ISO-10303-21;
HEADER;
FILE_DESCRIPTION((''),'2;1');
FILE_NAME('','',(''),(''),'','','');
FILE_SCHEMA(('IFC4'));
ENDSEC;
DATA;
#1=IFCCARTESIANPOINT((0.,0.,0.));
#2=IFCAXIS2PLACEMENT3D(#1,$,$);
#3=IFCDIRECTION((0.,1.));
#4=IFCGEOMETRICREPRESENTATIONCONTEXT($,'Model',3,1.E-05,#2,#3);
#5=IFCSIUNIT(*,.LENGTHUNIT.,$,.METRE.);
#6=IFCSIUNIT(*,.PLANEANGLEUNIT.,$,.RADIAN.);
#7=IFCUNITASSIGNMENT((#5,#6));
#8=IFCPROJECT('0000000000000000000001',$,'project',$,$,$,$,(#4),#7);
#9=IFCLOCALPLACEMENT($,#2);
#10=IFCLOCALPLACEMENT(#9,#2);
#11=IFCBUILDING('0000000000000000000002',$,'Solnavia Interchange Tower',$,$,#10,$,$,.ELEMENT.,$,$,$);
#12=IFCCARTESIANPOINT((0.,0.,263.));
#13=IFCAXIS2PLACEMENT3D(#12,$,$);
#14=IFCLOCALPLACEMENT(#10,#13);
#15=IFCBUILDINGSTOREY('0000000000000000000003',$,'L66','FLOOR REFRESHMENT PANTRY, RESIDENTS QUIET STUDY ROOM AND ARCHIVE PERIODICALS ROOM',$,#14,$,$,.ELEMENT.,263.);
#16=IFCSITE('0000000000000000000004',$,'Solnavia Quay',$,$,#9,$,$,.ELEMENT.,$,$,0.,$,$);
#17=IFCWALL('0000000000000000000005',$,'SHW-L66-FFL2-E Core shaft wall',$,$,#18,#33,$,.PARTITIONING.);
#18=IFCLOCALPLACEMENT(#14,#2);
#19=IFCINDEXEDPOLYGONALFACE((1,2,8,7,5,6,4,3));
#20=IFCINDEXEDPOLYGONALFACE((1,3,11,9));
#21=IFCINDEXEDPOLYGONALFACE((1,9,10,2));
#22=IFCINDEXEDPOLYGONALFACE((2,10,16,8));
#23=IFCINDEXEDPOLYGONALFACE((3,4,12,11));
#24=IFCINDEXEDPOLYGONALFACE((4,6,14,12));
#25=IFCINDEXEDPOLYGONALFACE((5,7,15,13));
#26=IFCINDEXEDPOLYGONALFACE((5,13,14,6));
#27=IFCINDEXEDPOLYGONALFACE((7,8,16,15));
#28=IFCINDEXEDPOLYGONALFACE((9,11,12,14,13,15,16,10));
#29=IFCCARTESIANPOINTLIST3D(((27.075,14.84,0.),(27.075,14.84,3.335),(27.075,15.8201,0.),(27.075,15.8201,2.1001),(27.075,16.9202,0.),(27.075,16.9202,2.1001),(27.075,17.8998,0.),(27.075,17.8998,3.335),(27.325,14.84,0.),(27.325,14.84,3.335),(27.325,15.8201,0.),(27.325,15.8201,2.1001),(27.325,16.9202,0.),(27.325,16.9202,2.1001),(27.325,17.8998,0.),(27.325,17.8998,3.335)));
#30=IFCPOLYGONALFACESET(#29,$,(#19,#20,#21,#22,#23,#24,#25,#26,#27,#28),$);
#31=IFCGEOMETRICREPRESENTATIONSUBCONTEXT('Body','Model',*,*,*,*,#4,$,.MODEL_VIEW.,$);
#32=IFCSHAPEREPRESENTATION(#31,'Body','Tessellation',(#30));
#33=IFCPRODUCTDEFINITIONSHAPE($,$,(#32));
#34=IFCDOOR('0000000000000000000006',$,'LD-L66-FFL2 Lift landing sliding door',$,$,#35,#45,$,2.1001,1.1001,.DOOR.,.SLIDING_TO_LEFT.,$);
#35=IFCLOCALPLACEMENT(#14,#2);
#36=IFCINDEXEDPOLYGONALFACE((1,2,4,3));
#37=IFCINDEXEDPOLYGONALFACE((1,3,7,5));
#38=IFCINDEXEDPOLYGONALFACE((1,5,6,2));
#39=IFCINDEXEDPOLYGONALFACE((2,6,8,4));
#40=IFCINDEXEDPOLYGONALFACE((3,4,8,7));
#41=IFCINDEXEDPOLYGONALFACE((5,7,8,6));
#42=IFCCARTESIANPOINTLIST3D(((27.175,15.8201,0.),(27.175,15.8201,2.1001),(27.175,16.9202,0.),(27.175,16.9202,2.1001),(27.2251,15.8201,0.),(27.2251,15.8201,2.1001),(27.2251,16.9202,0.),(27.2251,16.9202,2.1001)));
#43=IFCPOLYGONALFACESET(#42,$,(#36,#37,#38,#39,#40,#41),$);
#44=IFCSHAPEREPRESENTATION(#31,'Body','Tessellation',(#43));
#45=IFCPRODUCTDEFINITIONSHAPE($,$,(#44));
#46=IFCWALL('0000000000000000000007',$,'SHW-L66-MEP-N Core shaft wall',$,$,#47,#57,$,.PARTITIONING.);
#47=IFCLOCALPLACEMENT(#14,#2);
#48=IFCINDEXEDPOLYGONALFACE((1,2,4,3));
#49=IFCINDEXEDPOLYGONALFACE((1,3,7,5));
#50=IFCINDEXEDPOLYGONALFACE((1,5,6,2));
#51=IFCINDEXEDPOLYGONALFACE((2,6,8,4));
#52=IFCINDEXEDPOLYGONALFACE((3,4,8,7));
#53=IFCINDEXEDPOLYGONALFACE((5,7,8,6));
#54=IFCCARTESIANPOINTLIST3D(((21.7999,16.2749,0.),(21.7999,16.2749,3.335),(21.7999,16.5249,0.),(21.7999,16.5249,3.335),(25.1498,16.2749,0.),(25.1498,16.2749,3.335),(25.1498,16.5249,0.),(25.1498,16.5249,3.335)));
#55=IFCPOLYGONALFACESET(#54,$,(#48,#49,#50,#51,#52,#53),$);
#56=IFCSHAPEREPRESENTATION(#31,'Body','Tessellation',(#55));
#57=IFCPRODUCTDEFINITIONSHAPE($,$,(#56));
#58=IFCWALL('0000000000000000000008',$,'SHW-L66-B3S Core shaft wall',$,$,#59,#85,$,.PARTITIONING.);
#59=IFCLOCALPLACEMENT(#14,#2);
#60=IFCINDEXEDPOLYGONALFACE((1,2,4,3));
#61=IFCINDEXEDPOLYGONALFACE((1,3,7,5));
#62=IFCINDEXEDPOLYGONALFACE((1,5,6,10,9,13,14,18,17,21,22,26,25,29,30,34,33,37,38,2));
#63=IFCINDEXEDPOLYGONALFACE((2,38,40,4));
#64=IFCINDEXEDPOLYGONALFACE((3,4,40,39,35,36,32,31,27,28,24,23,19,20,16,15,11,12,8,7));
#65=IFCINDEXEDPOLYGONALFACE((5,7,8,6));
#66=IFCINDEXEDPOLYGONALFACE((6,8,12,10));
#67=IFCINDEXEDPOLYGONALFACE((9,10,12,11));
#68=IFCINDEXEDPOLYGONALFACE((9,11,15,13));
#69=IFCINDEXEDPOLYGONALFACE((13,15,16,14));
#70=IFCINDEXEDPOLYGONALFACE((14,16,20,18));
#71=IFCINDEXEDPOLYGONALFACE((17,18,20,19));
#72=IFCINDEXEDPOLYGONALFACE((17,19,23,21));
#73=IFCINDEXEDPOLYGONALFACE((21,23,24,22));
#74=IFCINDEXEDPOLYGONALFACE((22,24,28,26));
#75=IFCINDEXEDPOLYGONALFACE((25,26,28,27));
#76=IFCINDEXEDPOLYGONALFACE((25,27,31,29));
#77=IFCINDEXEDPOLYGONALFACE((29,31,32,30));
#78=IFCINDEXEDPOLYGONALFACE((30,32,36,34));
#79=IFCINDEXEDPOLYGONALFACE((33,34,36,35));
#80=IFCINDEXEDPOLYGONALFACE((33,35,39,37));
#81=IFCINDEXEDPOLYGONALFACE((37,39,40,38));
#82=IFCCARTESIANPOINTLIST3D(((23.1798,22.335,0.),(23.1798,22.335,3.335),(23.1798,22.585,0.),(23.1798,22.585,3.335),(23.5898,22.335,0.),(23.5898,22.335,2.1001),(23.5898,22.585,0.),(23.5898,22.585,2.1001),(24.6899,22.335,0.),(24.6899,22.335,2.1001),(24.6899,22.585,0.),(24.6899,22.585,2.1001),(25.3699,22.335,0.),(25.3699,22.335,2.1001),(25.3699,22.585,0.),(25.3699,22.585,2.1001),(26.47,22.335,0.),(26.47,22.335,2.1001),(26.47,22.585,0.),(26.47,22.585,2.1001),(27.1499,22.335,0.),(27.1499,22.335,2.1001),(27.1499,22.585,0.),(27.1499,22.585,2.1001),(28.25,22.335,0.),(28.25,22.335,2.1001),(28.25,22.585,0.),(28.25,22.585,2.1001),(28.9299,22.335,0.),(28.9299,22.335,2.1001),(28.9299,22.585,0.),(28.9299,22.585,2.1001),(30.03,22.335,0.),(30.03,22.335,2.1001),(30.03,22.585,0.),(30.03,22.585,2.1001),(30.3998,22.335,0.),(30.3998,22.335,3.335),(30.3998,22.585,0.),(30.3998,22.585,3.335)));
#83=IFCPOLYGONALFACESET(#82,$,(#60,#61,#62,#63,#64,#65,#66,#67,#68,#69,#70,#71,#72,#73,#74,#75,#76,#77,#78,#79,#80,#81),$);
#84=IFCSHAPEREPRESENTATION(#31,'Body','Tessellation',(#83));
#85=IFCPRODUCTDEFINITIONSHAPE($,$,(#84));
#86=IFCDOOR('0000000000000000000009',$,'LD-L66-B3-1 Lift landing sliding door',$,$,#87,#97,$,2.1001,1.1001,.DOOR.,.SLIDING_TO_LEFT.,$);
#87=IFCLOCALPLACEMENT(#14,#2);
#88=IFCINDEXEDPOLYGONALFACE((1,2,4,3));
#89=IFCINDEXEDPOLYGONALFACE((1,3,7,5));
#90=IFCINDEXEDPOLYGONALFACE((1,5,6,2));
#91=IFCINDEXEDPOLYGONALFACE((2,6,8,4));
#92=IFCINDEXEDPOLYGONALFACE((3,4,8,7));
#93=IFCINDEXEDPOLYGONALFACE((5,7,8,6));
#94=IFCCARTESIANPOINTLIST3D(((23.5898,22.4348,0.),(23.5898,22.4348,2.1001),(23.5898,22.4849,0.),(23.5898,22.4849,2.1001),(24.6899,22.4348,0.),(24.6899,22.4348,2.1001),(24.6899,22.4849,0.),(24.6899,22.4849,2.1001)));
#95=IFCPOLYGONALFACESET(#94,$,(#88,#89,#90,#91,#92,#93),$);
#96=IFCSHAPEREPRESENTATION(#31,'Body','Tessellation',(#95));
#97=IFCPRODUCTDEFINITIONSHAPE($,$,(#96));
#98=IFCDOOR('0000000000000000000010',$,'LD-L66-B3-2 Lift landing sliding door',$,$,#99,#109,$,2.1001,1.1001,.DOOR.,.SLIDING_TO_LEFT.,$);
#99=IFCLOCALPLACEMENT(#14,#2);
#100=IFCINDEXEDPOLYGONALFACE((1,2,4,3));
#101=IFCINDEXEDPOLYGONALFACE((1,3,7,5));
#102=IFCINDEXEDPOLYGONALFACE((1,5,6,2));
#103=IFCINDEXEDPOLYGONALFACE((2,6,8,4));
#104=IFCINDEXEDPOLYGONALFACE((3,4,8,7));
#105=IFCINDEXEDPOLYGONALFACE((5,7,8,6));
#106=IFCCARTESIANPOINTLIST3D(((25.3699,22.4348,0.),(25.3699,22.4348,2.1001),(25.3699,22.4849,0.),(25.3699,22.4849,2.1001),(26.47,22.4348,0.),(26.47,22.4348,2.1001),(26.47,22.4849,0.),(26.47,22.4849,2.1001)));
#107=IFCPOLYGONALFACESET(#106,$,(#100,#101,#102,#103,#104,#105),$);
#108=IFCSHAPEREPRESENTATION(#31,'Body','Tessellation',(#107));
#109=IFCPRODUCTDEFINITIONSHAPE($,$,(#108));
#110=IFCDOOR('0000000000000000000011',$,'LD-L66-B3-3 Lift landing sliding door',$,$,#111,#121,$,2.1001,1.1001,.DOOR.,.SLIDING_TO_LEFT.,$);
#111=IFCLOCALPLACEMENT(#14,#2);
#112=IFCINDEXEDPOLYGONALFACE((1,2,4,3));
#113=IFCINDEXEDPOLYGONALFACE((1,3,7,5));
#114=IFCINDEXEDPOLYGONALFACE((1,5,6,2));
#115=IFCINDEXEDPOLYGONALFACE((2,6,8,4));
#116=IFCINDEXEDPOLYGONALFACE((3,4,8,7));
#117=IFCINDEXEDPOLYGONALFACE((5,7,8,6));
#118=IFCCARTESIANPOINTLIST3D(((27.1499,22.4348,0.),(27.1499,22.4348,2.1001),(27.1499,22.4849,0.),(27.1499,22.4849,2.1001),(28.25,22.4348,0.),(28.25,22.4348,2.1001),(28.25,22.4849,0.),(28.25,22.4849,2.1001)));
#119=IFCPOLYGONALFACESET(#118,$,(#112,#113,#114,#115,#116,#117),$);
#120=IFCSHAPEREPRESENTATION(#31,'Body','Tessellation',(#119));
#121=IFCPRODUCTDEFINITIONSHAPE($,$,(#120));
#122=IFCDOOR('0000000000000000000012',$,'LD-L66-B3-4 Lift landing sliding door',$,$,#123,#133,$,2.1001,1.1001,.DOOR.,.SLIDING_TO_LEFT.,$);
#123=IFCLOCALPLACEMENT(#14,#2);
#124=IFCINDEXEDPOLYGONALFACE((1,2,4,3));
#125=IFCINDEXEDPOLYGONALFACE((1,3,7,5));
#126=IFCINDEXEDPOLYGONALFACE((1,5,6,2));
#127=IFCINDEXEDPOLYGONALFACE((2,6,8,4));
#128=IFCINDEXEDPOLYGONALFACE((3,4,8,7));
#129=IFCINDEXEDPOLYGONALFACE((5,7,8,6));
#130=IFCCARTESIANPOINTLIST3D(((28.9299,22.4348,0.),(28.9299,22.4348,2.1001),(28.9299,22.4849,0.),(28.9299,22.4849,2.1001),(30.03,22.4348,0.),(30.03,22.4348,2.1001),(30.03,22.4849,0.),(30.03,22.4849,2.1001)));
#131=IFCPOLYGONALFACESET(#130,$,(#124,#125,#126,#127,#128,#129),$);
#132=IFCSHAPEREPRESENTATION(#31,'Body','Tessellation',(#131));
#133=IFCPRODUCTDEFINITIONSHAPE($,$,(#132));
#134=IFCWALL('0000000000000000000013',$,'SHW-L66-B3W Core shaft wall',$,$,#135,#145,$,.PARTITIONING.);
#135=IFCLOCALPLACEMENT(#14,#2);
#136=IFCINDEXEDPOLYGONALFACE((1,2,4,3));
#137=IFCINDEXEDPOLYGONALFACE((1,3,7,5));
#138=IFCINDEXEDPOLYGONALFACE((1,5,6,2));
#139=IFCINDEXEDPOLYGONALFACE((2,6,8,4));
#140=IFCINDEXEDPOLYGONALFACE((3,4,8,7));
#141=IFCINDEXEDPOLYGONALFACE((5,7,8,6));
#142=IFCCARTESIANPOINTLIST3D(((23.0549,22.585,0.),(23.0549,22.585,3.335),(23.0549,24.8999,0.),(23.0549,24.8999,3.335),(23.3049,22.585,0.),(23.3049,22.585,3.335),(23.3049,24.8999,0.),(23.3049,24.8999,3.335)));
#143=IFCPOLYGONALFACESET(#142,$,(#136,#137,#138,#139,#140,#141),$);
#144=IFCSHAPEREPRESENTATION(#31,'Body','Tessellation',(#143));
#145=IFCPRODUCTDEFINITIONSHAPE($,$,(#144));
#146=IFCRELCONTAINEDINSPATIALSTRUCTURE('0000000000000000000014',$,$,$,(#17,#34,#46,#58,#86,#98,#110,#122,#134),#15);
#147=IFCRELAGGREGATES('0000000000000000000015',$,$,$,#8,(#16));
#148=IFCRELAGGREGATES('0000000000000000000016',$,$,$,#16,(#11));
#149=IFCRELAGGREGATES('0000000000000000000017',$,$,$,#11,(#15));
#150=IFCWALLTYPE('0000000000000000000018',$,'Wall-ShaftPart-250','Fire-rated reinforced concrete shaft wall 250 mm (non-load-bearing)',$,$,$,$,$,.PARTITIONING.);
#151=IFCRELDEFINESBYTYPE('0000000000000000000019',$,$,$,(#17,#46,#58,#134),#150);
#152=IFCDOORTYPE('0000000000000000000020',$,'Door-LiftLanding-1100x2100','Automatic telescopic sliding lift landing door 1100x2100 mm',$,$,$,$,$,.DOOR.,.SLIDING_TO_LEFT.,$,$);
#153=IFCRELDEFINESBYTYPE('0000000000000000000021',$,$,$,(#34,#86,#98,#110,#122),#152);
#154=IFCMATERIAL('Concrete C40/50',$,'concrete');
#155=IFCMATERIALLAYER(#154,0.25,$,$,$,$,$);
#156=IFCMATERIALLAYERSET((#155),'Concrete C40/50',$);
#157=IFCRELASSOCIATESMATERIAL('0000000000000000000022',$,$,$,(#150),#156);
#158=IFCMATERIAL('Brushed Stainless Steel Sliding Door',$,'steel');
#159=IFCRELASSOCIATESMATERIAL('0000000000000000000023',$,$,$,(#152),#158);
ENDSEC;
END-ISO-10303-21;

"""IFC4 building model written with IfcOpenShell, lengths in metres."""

from ifc_helpers import new_model, si_unit, direction, frame, frame_2d, origin, place, context, subcontext, project, spatial, rectangle, extrude, material, layer, layer_set, type_object, element, fill, save


model = new_model("IFC4")

# Units and contexts
model_context = context("Model", 3, precision=1e-05, world=origin(), true_north=direction((0.0, 1.0)))
body_context = subcontext(model_context, "Body", "Model", "MODEL_VIEW")
ifc_project = project(units=[si_unit("LENGTHUNIT", "METRE"), si_unit("PLANEANGLEUNIT", "RADIAN")], contexts=[model_context])

# Site, building, storey
site_placement = place(None, origin())
site = spatial("IfcSite", under=ifc_project, at=site_placement, Name="Solnavia Quay", CompositionType="ELEMENT", RefElevation=0.0)
building_placement = place(site_placement, origin())
building = spatial("IfcBuilding", under=site, at=building_placement, Name="Solnavia Interchange Tower", CompositionType="ELEMENT")
storey_placement = place(building_placement, frame((0.0, 0.0, 263.0)))
storey = spatial("IfcBuildingStorey", under=building, at=storey_placement, Name="L66", Description="FLOOR REFRESHMENT PANTRY, RESIDENTS QUIET STUDY ROOM AND ARCHIVE PERIODICALS ROOM", CompositionType="ELEMENT", Elevation=263.0)

# Shared definitions
ifc_material_1 = material(Name="Concrete C40/50", Category="concrete")

# Shared definitions
ifc_layer_1 = layer(ifc_material_1, 0.25)
ifc_layer_set_1 = layer_set([ifc_layer_1], Name="Concrete C40/50")
wall_type_1 = type_object("IfcWallType", Name="Wall-ShaftPart-250", Description="Fire-rated reinforced concrete shaft wall 250 mm (non-load-bearing)", PredefinedType="PARTITIONING", material=ifc_layer_set_1)
ifc_material_2 = material(Name="Brushed Stainless Steel Sliding Door", Category="steel")
door_type_1 = type_object("IfcDoorType", Name="Door-LiftLanding-1100x2100", Description="Automatic telescopic sliding lift landing door 1100x2100 mm", OperationType="SLIDING_TO_LEFT", PredefinedType="DOOR", material=ifc_material_2)

# Wall, opening, door
wall_1_placement = place(storey_placement, frame((27.2, 14.8401, 0.0), z_axis=(0.0, 0.0, 1.0), x_axis=(0.0, 1.0, 0.0)))
wall_1 = element("IfcWall", 1, at=wall_1_placement, inside=storey, type_object=wall_type_1, Name="SHW-L66-FFL2-E Core shaft wall", PredefinedType="PARTITIONING", context=body_context, shape_type="SweptSolid", body=[
    extrude(rectangle(XDim=3.0598, YDim=0.25, at=frame_2d((1.5298, 0.0))), origin(), (0.0, 0.0, 1.0), 3.335),
])
opening_1_placement = place(wall_1_placement, frame((0.98, 0.0, 0.0)))
opening_1 = element("IfcOpeningElement", 2, at=opening_1_placement, cuts=wall_1, PredefinedType="OPENING", context=body_context, shape_type="SweptSolid", body=[
    extrude(rectangle(XDim=1.1001, YDim=2.1001, at=frame_2d((0.55, 1.05))), frame((0.0, 0.135, 0.0), z_axis=(0.0, -1.0, 0.0), x_axis=(1.0, 0.0, 0.0)), (0.0, 0.0, 1.0), 0.27),
])
door_1_placement = place(opening_1_placement, origin())
door_1 = element("IfcDoor", 3, at=door_1_placement, inside=storey, type_object=door_type_1, Name="LD-L66-FFL2 Lift landing sliding door", OperationType="SLIDING_TO_LEFT", OverallHeight=2.1001, OverallWidth=1.1001, PredefinedType="DOOR", context=body_context, shape_type="SweptSolid", body=[
    extrude(rectangle(XDim=1.1001, YDim=2.1001, at=frame_2d((0.55, 1.05))), frame((0.0, 0.0249, 0.0), z_axis=(0.0, -1.0, 0.0), x_axis=(1.0, 0.0, 0.0)), (0.0, 0.0, 1.0), 0.05),
])
fill(opening_1, door_1)

# Wall
wall_2_placement = place(storey_placement, frame((21.8, 16.3999, 0.0), z_axis=(0.0, 0.0, 1.0), x_axis=(1.0, 0.0, 0.0)))
element("IfcWall", 4, at=wall_2_placement, inside=storey, type_object=wall_type_1, Name="SHW-L66-MEP-N Core shaft wall", PredefinedType="PARTITIONING", context=body_context, shape_type="SweptSolid", body=[
    extrude(rectangle(XDim=3.3499, YDim=0.25, at=frame_2d((1.6748, 0.0))), origin(), (0.0, 0.0, 1.0), 3.335),
])

# Wall, openings, doors
wall_3_placement = place(storey_placement, frame((23.1799, 22.46, 0.0), z_axis=(0.0, 0.0, 1.0), x_axis=(1.0, 0.0, 0.0)))
wall_3 = element("IfcWall", 5, at=wall_3_placement, inside=storey, type_object=wall_type_1, Name="SHW-L66-B3S Core shaft wall", PredefinedType="PARTITIONING", context=body_context, shape_type="SweptSolid", body=[
    extrude(rectangle(XDim=7.22, YDim=0.25, at=frame_2d((3.6099, 0.0))), origin(), (0.0, 0.0, 1.0), 3.335),
])
opening_2_placement = place(wall_3_placement, frame((0.4099, 0.0, 0.0)))
opening_2 = element("IfcOpeningElement", 6, at=opening_2_placement, cuts=wall_3, PredefinedType="OPENING", context=body_context, shape_type="SweptSolid", body=[
    extrude(rectangle(XDim=1.1001, YDim=2.1001, at=frame_2d((0.55, 1.05))), frame((0.0, 0.135, 0.0), z_axis=(0.0, -1.0, 0.0), x_axis=(1.0, 0.0, 0.0)), (0.0, 0.0, 1.0), 0.27),
])
opening_3_placement = place(wall_3_placement, frame((2.1899, 0.0, 0.0)))
opening_3 = element("IfcOpeningElement", 7, at=opening_3_placement, cuts=wall_3, PredefinedType="OPENING", context=body_context, shape_type="SweptSolid", body=[
    extrude(rectangle(XDim=1.1001, YDim=2.1001, at=frame_2d((0.55, 1.05))), frame((0.0, 0.135, 0.0), z_axis=(0.0, -1.0, 0.0), x_axis=(1.0, 0.0, 0.0)), (0.0, 0.0, 1.0), 0.27),
])
opening_4_placement = place(wall_3_placement, frame((3.97, 0.0, 0.0)))
opening_4 = element("IfcOpeningElement", 8, at=opening_4_placement, cuts=wall_3, PredefinedType="OPENING", context=body_context, shape_type="SweptSolid", body=[
    extrude(rectangle(XDim=1.1001, YDim=2.1001, at=frame_2d((0.55, 1.05))), frame((0.0, 0.135, 0.0), z_axis=(0.0, -1.0, 0.0), x_axis=(1.0, 0.0, 0.0)), (0.0, 0.0, 1.0), 0.27),
])
opening_5_placement = place(wall_3_placement, frame((5.75, 0.0, 0.0)))
opening_5 = element("IfcOpeningElement", 9, at=opening_5_placement, cuts=wall_3, PredefinedType="OPENING", context=body_context, shape_type="SweptSolid", body=[
    extrude(rectangle(XDim=1.1001, YDim=2.1001, at=frame_2d((0.55, 1.05))), frame((0.0, 0.135, 0.0), z_axis=(0.0, -1.0, 0.0), x_axis=(1.0, 0.0, 0.0)), (0.0, 0.0, 1.0), 0.27),
])
door_2_placement = place(opening_2_placement, origin())
door_2 = element("IfcDoor", 10, at=door_2_placement, inside=storey, type_object=door_type_1, Name="LD-L66-B3-1 Lift landing sliding door", OperationType="SLIDING_TO_LEFT", OverallHeight=2.1001, OverallWidth=1.1001, PredefinedType="DOOR", context=body_context, shape_type="SweptSolid", body=[
    extrude(rectangle(XDim=1.1001, YDim=2.1001, at=frame_2d((0.55, 1.05))), frame((0.0, 0.0249, 0.0), z_axis=(0.0, -1.0, 0.0), x_axis=(1.0, 0.0, 0.0)), (0.0, 0.0, 1.0), 0.05),
])
fill(opening_2, door_2)
door_3_placement = place(opening_3_placement, origin())
door_3 = element("IfcDoor", 11, at=door_3_placement, inside=storey, type_object=door_type_1, Name="LD-L66-B3-2 Lift landing sliding door", OperationType="SLIDING_TO_LEFT", OverallHeight=2.1001, OverallWidth=1.1001, PredefinedType="DOOR", context=body_context, shape_type="SweptSolid", body=[
    extrude(rectangle(XDim=1.1001, YDim=2.1001, at=frame_2d((0.55, 1.05))), frame((0.0, 0.0249, 0.0), z_axis=(0.0, -1.0, 0.0), x_axis=(1.0, 0.0, 0.0)), (0.0, 0.0, 1.0), 0.05),
])
fill(opening_3, door_3)
door_4_placement = place(opening_4_placement, origin())
door_4 = element("IfcDoor", 12, at=door_4_placement, inside=storey, type_object=door_type_1, Name="LD-L66-B3-3 Lift landing sliding door", OperationType="SLIDING_TO_LEFT", OverallHeight=2.1001, OverallWidth=1.1001, PredefinedType="DOOR", context=body_context, shape_type="SweptSolid", body=[
    extrude(rectangle(XDim=1.1001, YDim=2.1001, at=frame_2d((0.55, 1.05))), frame((0.0, 0.0249, 0.0), z_axis=(0.0, -1.0, 0.0), x_axis=(1.0, 0.0, 0.0)), (0.0, 0.0, 1.0), 0.05),
])
fill(opening_4, door_4)
door_5_placement = place(opening_5_placement, origin())
door_5 = element("IfcDoor", 13, at=door_5_placement, inside=storey, type_object=door_type_1, Name="LD-L66-B3-4 Lift landing sliding door", OperationType="SLIDING_TO_LEFT", OverallHeight=2.1001, OverallWidth=1.1001, PredefinedType="DOOR", context=body_context, shape_type="SweptSolid", body=[
    extrude(rectangle(XDim=1.1001, YDim=2.1001, at=frame_2d((0.55, 1.05))), frame((0.0, 0.0249, 0.0), z_axis=(0.0, -1.0, 0.0), x_axis=(1.0, 0.0, 0.0)), (0.0, 0.0, 1.0), 0.05),
])
fill(opening_5, door_5)

# Wall
wall_4_placement = place(storey_placement, frame((23.1799, 22.585, 0.0), z_axis=(0.0, 0.0, 1.0), x_axis=(0.0, 1.0, 0.0)))
element("IfcWall", 14, at=wall_4_placement, inside=storey, type_object=wall_type_1, Name="SHW-L66-B3W Core shaft wall", PredefinedType="PARTITIONING", context=body_context, shape_type="SweptSolid", body=[
    extrude(rectangle(XDim=2.3149, YDim=0.25, at=frame_2d((1.1575, 0.0))), origin(), (0.0, 0.0, 1.0), 3.335),
])

save(model, "model.ifc")
